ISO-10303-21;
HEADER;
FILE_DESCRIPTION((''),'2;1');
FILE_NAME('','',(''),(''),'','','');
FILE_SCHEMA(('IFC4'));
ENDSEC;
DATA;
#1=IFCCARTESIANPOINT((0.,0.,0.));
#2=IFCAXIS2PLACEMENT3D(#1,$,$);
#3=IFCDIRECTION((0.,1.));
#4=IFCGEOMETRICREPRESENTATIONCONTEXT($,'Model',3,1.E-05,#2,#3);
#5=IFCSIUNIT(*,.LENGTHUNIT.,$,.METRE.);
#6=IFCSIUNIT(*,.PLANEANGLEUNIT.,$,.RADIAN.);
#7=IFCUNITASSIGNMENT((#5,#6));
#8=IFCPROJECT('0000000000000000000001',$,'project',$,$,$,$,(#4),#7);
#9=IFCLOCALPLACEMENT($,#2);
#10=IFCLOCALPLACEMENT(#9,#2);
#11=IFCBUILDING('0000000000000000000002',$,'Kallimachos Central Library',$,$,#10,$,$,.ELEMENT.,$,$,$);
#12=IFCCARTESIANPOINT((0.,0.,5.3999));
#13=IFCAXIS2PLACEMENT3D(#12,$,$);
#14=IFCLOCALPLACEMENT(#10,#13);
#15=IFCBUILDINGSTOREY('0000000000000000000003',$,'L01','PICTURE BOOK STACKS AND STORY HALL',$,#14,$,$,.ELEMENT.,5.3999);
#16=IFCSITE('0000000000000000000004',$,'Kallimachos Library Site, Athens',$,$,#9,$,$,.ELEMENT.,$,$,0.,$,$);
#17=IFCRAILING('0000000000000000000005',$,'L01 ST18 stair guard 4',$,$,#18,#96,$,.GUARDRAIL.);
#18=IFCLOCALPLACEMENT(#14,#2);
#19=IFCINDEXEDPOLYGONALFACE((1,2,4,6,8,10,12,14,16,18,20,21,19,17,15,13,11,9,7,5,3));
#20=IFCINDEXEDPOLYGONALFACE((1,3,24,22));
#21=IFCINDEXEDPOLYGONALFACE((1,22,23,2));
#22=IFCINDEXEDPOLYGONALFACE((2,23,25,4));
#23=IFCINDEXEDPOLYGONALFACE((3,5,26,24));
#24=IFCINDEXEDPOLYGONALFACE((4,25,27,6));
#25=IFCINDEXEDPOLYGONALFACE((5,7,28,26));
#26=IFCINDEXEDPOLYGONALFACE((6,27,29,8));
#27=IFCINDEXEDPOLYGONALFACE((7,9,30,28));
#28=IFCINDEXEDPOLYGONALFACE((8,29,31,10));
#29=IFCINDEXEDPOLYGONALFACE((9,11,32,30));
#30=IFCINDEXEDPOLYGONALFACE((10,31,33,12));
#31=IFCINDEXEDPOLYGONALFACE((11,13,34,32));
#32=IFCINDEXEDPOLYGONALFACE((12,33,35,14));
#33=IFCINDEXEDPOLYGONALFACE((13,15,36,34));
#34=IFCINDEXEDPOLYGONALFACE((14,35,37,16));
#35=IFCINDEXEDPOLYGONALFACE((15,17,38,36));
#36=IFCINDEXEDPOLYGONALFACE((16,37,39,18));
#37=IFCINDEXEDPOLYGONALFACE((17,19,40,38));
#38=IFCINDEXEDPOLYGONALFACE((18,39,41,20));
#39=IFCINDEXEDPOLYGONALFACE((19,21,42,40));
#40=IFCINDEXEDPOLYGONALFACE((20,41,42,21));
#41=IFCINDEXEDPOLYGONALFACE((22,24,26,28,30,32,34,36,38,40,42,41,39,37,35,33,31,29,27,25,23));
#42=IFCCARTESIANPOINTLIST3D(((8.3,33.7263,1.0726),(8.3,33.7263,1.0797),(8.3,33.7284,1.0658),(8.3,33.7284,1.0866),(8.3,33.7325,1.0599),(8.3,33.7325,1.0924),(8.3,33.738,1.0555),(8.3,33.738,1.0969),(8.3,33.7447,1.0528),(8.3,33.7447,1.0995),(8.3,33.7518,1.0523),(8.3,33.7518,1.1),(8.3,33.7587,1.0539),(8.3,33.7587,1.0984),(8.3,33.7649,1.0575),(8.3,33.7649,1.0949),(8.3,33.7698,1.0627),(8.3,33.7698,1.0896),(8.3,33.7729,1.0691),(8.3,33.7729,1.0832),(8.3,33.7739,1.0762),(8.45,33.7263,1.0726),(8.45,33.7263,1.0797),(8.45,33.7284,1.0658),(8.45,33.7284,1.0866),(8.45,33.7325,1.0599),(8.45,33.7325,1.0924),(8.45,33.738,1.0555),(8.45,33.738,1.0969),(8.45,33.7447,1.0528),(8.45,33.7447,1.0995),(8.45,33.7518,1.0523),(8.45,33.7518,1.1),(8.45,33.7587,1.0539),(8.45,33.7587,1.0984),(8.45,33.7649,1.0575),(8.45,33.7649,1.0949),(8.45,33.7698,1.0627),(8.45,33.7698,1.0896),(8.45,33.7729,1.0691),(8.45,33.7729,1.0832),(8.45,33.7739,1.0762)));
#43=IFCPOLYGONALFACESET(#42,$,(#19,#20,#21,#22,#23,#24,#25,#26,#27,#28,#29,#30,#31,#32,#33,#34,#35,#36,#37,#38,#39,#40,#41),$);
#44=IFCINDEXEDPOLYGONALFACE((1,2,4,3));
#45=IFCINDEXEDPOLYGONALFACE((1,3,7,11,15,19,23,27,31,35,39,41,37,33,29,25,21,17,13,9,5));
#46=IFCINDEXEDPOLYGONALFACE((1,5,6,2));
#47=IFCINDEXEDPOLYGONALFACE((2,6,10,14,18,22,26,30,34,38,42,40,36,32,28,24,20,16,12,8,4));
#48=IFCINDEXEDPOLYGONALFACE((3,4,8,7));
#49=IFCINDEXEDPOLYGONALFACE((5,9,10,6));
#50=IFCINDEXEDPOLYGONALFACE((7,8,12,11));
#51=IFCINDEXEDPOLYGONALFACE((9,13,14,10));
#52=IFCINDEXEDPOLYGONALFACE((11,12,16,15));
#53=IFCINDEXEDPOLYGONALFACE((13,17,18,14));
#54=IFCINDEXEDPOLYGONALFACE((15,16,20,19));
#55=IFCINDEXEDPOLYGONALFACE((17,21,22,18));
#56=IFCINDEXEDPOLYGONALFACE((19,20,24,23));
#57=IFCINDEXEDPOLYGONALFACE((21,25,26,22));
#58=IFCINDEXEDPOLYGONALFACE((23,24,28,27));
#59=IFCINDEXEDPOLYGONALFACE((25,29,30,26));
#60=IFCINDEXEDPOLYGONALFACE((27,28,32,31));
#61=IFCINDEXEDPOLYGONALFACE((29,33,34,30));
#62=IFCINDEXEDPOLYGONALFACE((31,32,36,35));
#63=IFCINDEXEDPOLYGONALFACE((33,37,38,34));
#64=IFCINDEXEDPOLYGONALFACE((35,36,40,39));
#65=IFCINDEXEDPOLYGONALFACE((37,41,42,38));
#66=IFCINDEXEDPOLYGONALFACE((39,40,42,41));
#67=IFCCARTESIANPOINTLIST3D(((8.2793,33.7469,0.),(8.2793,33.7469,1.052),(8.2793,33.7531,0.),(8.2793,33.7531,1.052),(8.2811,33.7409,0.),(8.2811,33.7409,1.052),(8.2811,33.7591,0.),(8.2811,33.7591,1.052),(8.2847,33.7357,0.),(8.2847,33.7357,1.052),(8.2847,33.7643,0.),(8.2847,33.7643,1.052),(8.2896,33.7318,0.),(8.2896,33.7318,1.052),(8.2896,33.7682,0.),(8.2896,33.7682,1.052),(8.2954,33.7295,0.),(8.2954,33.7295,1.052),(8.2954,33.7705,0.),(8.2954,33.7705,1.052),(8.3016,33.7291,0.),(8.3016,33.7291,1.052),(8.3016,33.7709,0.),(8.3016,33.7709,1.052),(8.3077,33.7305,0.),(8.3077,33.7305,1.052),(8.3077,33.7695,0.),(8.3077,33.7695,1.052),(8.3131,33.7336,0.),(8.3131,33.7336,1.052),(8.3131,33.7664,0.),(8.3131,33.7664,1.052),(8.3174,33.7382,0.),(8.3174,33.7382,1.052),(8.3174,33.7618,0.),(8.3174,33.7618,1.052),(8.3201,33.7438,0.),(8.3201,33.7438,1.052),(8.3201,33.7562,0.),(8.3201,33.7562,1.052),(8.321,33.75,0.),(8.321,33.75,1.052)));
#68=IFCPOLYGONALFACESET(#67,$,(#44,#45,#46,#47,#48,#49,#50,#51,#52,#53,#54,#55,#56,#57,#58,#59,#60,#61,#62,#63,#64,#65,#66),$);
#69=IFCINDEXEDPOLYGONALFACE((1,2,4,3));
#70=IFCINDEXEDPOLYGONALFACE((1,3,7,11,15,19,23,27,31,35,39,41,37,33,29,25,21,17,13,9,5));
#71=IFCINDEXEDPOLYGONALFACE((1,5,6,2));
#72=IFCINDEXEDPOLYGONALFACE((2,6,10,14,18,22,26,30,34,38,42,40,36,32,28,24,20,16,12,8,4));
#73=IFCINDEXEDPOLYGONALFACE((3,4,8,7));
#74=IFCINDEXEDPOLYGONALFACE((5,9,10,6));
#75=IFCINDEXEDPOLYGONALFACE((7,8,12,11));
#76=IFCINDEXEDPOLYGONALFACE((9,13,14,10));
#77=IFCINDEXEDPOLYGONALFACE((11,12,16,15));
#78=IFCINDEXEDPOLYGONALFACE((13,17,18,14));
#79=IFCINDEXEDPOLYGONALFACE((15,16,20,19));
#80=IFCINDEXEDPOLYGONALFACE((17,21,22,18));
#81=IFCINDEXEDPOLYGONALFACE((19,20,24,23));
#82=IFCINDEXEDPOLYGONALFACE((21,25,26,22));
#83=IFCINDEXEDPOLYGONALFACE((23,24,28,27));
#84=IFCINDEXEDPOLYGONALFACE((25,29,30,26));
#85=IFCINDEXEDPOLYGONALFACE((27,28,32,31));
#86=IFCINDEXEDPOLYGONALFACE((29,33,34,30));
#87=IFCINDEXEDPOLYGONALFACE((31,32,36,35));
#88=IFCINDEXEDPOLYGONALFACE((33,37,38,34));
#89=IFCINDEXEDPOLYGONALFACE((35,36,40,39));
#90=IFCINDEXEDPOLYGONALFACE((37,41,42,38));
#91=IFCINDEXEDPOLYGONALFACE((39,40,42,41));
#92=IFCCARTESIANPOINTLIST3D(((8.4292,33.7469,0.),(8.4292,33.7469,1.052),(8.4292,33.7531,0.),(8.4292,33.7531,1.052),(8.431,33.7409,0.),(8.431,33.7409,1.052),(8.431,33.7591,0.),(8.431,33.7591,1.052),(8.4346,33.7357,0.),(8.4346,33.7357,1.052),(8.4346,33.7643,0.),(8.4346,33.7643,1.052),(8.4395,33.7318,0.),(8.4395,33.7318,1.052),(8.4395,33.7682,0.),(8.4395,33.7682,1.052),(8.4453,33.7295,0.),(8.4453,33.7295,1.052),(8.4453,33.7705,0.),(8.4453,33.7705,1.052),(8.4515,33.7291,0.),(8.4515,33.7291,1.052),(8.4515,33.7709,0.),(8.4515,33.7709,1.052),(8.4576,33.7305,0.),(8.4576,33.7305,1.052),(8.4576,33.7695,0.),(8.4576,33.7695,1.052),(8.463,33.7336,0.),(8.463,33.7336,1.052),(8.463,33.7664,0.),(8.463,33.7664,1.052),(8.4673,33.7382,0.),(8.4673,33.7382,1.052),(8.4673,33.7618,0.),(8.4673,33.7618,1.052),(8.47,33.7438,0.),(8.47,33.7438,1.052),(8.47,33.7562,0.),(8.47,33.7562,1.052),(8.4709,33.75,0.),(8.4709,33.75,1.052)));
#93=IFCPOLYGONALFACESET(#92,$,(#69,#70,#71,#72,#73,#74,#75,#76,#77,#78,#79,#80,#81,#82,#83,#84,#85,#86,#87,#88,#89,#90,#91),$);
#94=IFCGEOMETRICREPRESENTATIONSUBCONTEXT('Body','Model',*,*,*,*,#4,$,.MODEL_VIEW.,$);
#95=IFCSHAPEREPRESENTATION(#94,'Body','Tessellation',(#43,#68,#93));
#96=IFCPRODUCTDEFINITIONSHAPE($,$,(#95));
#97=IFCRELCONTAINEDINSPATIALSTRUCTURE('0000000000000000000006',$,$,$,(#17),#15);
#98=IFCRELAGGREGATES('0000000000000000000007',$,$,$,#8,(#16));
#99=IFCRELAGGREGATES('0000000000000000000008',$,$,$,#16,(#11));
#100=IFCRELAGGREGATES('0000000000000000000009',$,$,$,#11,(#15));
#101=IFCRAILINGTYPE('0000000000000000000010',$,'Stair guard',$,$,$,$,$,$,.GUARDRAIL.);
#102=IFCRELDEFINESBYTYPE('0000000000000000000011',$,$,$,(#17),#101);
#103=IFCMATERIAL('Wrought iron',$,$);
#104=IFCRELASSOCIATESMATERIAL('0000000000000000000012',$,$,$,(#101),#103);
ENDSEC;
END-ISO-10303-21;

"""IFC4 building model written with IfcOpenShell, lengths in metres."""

from ifc_helpers import new_model, si_unit, direction, frame, origin, origin_2d, place, context, subcontext, project, spatial, circle, extrude, material, type_object, element, save


model = new_model("IFC4")

# Units and contexts
model_context = context("Model", 3, precision=1e-05, world=origin(), true_north=direction((0.0, 1.0)))
body_context = subcontext(model_context, "Body", "Model", "MODEL_VIEW")
ifc_project = project(units=[si_unit("LENGTHUNIT", "METRE"), si_unit("PLANEANGLEUNIT", "RADIAN")], contexts=[model_context])

# Site, building, storey
site_placement = place(None, origin())
site = spatial("IfcSite", under=ifc_project, at=site_placement, Name="Kallimachos Library Site, Athens", CompositionType="ELEMENT", RefElevation=0.0)
building_placement = place(site_placement, origin())
building = spatial("IfcBuilding", under=site, at=building_placement, Name="Kallimachos Central Library", CompositionType="ELEMENT")
storey_placement = place(building_placement, frame((0.0, 0.0, 5.3999)))
storey = spatial("IfcBuildingStorey", under=building, at=storey_placement, Name="L01", Description="PICTURE BOOK STACKS AND STORY HALL", CompositionType="ELEMENT", Elevation=5.3999)

# Railing
ifc_material_1 = material(Name="Wrought iron")
railing_type_1 = type_object("IfcRailingType", Name="Stair guard", PredefinedType="GUARDRAIL", material=ifc_material_1)
railing_1_placement = place(storey_placement, frame((8.3, 33.75, 0.0)))
element("IfcRailing", 1, at=railing_1_placement, inside=storey, type_object=railing_type_1, Name="L01 ST18 stair guard 4", PredefinedType="GUARDRAIL", context=body_context, shape_type="SweptSolid", body=[
    extrude(circle(Radius=0.0239, at=origin_2d()), frame((0.0, 0.0, 1.0762), z_axis=(1.0, 0.0, 0.0), x_axis=(0.0, 1.0, 0.0)), (0.0, 0.0, 1.0), 0.1499),
    extrude(circle(Radius=0.021, at=origin_2d()), origin(), (0.0, 0.0, 1.0), 1.052),
    extrude(circle(Radius=0.021, at=origin_2d()), frame((0.1499, 0.0, 0.0)), (0.0, 0.0, 1.0), 1.052),
])

save(model, "model.ifc")
